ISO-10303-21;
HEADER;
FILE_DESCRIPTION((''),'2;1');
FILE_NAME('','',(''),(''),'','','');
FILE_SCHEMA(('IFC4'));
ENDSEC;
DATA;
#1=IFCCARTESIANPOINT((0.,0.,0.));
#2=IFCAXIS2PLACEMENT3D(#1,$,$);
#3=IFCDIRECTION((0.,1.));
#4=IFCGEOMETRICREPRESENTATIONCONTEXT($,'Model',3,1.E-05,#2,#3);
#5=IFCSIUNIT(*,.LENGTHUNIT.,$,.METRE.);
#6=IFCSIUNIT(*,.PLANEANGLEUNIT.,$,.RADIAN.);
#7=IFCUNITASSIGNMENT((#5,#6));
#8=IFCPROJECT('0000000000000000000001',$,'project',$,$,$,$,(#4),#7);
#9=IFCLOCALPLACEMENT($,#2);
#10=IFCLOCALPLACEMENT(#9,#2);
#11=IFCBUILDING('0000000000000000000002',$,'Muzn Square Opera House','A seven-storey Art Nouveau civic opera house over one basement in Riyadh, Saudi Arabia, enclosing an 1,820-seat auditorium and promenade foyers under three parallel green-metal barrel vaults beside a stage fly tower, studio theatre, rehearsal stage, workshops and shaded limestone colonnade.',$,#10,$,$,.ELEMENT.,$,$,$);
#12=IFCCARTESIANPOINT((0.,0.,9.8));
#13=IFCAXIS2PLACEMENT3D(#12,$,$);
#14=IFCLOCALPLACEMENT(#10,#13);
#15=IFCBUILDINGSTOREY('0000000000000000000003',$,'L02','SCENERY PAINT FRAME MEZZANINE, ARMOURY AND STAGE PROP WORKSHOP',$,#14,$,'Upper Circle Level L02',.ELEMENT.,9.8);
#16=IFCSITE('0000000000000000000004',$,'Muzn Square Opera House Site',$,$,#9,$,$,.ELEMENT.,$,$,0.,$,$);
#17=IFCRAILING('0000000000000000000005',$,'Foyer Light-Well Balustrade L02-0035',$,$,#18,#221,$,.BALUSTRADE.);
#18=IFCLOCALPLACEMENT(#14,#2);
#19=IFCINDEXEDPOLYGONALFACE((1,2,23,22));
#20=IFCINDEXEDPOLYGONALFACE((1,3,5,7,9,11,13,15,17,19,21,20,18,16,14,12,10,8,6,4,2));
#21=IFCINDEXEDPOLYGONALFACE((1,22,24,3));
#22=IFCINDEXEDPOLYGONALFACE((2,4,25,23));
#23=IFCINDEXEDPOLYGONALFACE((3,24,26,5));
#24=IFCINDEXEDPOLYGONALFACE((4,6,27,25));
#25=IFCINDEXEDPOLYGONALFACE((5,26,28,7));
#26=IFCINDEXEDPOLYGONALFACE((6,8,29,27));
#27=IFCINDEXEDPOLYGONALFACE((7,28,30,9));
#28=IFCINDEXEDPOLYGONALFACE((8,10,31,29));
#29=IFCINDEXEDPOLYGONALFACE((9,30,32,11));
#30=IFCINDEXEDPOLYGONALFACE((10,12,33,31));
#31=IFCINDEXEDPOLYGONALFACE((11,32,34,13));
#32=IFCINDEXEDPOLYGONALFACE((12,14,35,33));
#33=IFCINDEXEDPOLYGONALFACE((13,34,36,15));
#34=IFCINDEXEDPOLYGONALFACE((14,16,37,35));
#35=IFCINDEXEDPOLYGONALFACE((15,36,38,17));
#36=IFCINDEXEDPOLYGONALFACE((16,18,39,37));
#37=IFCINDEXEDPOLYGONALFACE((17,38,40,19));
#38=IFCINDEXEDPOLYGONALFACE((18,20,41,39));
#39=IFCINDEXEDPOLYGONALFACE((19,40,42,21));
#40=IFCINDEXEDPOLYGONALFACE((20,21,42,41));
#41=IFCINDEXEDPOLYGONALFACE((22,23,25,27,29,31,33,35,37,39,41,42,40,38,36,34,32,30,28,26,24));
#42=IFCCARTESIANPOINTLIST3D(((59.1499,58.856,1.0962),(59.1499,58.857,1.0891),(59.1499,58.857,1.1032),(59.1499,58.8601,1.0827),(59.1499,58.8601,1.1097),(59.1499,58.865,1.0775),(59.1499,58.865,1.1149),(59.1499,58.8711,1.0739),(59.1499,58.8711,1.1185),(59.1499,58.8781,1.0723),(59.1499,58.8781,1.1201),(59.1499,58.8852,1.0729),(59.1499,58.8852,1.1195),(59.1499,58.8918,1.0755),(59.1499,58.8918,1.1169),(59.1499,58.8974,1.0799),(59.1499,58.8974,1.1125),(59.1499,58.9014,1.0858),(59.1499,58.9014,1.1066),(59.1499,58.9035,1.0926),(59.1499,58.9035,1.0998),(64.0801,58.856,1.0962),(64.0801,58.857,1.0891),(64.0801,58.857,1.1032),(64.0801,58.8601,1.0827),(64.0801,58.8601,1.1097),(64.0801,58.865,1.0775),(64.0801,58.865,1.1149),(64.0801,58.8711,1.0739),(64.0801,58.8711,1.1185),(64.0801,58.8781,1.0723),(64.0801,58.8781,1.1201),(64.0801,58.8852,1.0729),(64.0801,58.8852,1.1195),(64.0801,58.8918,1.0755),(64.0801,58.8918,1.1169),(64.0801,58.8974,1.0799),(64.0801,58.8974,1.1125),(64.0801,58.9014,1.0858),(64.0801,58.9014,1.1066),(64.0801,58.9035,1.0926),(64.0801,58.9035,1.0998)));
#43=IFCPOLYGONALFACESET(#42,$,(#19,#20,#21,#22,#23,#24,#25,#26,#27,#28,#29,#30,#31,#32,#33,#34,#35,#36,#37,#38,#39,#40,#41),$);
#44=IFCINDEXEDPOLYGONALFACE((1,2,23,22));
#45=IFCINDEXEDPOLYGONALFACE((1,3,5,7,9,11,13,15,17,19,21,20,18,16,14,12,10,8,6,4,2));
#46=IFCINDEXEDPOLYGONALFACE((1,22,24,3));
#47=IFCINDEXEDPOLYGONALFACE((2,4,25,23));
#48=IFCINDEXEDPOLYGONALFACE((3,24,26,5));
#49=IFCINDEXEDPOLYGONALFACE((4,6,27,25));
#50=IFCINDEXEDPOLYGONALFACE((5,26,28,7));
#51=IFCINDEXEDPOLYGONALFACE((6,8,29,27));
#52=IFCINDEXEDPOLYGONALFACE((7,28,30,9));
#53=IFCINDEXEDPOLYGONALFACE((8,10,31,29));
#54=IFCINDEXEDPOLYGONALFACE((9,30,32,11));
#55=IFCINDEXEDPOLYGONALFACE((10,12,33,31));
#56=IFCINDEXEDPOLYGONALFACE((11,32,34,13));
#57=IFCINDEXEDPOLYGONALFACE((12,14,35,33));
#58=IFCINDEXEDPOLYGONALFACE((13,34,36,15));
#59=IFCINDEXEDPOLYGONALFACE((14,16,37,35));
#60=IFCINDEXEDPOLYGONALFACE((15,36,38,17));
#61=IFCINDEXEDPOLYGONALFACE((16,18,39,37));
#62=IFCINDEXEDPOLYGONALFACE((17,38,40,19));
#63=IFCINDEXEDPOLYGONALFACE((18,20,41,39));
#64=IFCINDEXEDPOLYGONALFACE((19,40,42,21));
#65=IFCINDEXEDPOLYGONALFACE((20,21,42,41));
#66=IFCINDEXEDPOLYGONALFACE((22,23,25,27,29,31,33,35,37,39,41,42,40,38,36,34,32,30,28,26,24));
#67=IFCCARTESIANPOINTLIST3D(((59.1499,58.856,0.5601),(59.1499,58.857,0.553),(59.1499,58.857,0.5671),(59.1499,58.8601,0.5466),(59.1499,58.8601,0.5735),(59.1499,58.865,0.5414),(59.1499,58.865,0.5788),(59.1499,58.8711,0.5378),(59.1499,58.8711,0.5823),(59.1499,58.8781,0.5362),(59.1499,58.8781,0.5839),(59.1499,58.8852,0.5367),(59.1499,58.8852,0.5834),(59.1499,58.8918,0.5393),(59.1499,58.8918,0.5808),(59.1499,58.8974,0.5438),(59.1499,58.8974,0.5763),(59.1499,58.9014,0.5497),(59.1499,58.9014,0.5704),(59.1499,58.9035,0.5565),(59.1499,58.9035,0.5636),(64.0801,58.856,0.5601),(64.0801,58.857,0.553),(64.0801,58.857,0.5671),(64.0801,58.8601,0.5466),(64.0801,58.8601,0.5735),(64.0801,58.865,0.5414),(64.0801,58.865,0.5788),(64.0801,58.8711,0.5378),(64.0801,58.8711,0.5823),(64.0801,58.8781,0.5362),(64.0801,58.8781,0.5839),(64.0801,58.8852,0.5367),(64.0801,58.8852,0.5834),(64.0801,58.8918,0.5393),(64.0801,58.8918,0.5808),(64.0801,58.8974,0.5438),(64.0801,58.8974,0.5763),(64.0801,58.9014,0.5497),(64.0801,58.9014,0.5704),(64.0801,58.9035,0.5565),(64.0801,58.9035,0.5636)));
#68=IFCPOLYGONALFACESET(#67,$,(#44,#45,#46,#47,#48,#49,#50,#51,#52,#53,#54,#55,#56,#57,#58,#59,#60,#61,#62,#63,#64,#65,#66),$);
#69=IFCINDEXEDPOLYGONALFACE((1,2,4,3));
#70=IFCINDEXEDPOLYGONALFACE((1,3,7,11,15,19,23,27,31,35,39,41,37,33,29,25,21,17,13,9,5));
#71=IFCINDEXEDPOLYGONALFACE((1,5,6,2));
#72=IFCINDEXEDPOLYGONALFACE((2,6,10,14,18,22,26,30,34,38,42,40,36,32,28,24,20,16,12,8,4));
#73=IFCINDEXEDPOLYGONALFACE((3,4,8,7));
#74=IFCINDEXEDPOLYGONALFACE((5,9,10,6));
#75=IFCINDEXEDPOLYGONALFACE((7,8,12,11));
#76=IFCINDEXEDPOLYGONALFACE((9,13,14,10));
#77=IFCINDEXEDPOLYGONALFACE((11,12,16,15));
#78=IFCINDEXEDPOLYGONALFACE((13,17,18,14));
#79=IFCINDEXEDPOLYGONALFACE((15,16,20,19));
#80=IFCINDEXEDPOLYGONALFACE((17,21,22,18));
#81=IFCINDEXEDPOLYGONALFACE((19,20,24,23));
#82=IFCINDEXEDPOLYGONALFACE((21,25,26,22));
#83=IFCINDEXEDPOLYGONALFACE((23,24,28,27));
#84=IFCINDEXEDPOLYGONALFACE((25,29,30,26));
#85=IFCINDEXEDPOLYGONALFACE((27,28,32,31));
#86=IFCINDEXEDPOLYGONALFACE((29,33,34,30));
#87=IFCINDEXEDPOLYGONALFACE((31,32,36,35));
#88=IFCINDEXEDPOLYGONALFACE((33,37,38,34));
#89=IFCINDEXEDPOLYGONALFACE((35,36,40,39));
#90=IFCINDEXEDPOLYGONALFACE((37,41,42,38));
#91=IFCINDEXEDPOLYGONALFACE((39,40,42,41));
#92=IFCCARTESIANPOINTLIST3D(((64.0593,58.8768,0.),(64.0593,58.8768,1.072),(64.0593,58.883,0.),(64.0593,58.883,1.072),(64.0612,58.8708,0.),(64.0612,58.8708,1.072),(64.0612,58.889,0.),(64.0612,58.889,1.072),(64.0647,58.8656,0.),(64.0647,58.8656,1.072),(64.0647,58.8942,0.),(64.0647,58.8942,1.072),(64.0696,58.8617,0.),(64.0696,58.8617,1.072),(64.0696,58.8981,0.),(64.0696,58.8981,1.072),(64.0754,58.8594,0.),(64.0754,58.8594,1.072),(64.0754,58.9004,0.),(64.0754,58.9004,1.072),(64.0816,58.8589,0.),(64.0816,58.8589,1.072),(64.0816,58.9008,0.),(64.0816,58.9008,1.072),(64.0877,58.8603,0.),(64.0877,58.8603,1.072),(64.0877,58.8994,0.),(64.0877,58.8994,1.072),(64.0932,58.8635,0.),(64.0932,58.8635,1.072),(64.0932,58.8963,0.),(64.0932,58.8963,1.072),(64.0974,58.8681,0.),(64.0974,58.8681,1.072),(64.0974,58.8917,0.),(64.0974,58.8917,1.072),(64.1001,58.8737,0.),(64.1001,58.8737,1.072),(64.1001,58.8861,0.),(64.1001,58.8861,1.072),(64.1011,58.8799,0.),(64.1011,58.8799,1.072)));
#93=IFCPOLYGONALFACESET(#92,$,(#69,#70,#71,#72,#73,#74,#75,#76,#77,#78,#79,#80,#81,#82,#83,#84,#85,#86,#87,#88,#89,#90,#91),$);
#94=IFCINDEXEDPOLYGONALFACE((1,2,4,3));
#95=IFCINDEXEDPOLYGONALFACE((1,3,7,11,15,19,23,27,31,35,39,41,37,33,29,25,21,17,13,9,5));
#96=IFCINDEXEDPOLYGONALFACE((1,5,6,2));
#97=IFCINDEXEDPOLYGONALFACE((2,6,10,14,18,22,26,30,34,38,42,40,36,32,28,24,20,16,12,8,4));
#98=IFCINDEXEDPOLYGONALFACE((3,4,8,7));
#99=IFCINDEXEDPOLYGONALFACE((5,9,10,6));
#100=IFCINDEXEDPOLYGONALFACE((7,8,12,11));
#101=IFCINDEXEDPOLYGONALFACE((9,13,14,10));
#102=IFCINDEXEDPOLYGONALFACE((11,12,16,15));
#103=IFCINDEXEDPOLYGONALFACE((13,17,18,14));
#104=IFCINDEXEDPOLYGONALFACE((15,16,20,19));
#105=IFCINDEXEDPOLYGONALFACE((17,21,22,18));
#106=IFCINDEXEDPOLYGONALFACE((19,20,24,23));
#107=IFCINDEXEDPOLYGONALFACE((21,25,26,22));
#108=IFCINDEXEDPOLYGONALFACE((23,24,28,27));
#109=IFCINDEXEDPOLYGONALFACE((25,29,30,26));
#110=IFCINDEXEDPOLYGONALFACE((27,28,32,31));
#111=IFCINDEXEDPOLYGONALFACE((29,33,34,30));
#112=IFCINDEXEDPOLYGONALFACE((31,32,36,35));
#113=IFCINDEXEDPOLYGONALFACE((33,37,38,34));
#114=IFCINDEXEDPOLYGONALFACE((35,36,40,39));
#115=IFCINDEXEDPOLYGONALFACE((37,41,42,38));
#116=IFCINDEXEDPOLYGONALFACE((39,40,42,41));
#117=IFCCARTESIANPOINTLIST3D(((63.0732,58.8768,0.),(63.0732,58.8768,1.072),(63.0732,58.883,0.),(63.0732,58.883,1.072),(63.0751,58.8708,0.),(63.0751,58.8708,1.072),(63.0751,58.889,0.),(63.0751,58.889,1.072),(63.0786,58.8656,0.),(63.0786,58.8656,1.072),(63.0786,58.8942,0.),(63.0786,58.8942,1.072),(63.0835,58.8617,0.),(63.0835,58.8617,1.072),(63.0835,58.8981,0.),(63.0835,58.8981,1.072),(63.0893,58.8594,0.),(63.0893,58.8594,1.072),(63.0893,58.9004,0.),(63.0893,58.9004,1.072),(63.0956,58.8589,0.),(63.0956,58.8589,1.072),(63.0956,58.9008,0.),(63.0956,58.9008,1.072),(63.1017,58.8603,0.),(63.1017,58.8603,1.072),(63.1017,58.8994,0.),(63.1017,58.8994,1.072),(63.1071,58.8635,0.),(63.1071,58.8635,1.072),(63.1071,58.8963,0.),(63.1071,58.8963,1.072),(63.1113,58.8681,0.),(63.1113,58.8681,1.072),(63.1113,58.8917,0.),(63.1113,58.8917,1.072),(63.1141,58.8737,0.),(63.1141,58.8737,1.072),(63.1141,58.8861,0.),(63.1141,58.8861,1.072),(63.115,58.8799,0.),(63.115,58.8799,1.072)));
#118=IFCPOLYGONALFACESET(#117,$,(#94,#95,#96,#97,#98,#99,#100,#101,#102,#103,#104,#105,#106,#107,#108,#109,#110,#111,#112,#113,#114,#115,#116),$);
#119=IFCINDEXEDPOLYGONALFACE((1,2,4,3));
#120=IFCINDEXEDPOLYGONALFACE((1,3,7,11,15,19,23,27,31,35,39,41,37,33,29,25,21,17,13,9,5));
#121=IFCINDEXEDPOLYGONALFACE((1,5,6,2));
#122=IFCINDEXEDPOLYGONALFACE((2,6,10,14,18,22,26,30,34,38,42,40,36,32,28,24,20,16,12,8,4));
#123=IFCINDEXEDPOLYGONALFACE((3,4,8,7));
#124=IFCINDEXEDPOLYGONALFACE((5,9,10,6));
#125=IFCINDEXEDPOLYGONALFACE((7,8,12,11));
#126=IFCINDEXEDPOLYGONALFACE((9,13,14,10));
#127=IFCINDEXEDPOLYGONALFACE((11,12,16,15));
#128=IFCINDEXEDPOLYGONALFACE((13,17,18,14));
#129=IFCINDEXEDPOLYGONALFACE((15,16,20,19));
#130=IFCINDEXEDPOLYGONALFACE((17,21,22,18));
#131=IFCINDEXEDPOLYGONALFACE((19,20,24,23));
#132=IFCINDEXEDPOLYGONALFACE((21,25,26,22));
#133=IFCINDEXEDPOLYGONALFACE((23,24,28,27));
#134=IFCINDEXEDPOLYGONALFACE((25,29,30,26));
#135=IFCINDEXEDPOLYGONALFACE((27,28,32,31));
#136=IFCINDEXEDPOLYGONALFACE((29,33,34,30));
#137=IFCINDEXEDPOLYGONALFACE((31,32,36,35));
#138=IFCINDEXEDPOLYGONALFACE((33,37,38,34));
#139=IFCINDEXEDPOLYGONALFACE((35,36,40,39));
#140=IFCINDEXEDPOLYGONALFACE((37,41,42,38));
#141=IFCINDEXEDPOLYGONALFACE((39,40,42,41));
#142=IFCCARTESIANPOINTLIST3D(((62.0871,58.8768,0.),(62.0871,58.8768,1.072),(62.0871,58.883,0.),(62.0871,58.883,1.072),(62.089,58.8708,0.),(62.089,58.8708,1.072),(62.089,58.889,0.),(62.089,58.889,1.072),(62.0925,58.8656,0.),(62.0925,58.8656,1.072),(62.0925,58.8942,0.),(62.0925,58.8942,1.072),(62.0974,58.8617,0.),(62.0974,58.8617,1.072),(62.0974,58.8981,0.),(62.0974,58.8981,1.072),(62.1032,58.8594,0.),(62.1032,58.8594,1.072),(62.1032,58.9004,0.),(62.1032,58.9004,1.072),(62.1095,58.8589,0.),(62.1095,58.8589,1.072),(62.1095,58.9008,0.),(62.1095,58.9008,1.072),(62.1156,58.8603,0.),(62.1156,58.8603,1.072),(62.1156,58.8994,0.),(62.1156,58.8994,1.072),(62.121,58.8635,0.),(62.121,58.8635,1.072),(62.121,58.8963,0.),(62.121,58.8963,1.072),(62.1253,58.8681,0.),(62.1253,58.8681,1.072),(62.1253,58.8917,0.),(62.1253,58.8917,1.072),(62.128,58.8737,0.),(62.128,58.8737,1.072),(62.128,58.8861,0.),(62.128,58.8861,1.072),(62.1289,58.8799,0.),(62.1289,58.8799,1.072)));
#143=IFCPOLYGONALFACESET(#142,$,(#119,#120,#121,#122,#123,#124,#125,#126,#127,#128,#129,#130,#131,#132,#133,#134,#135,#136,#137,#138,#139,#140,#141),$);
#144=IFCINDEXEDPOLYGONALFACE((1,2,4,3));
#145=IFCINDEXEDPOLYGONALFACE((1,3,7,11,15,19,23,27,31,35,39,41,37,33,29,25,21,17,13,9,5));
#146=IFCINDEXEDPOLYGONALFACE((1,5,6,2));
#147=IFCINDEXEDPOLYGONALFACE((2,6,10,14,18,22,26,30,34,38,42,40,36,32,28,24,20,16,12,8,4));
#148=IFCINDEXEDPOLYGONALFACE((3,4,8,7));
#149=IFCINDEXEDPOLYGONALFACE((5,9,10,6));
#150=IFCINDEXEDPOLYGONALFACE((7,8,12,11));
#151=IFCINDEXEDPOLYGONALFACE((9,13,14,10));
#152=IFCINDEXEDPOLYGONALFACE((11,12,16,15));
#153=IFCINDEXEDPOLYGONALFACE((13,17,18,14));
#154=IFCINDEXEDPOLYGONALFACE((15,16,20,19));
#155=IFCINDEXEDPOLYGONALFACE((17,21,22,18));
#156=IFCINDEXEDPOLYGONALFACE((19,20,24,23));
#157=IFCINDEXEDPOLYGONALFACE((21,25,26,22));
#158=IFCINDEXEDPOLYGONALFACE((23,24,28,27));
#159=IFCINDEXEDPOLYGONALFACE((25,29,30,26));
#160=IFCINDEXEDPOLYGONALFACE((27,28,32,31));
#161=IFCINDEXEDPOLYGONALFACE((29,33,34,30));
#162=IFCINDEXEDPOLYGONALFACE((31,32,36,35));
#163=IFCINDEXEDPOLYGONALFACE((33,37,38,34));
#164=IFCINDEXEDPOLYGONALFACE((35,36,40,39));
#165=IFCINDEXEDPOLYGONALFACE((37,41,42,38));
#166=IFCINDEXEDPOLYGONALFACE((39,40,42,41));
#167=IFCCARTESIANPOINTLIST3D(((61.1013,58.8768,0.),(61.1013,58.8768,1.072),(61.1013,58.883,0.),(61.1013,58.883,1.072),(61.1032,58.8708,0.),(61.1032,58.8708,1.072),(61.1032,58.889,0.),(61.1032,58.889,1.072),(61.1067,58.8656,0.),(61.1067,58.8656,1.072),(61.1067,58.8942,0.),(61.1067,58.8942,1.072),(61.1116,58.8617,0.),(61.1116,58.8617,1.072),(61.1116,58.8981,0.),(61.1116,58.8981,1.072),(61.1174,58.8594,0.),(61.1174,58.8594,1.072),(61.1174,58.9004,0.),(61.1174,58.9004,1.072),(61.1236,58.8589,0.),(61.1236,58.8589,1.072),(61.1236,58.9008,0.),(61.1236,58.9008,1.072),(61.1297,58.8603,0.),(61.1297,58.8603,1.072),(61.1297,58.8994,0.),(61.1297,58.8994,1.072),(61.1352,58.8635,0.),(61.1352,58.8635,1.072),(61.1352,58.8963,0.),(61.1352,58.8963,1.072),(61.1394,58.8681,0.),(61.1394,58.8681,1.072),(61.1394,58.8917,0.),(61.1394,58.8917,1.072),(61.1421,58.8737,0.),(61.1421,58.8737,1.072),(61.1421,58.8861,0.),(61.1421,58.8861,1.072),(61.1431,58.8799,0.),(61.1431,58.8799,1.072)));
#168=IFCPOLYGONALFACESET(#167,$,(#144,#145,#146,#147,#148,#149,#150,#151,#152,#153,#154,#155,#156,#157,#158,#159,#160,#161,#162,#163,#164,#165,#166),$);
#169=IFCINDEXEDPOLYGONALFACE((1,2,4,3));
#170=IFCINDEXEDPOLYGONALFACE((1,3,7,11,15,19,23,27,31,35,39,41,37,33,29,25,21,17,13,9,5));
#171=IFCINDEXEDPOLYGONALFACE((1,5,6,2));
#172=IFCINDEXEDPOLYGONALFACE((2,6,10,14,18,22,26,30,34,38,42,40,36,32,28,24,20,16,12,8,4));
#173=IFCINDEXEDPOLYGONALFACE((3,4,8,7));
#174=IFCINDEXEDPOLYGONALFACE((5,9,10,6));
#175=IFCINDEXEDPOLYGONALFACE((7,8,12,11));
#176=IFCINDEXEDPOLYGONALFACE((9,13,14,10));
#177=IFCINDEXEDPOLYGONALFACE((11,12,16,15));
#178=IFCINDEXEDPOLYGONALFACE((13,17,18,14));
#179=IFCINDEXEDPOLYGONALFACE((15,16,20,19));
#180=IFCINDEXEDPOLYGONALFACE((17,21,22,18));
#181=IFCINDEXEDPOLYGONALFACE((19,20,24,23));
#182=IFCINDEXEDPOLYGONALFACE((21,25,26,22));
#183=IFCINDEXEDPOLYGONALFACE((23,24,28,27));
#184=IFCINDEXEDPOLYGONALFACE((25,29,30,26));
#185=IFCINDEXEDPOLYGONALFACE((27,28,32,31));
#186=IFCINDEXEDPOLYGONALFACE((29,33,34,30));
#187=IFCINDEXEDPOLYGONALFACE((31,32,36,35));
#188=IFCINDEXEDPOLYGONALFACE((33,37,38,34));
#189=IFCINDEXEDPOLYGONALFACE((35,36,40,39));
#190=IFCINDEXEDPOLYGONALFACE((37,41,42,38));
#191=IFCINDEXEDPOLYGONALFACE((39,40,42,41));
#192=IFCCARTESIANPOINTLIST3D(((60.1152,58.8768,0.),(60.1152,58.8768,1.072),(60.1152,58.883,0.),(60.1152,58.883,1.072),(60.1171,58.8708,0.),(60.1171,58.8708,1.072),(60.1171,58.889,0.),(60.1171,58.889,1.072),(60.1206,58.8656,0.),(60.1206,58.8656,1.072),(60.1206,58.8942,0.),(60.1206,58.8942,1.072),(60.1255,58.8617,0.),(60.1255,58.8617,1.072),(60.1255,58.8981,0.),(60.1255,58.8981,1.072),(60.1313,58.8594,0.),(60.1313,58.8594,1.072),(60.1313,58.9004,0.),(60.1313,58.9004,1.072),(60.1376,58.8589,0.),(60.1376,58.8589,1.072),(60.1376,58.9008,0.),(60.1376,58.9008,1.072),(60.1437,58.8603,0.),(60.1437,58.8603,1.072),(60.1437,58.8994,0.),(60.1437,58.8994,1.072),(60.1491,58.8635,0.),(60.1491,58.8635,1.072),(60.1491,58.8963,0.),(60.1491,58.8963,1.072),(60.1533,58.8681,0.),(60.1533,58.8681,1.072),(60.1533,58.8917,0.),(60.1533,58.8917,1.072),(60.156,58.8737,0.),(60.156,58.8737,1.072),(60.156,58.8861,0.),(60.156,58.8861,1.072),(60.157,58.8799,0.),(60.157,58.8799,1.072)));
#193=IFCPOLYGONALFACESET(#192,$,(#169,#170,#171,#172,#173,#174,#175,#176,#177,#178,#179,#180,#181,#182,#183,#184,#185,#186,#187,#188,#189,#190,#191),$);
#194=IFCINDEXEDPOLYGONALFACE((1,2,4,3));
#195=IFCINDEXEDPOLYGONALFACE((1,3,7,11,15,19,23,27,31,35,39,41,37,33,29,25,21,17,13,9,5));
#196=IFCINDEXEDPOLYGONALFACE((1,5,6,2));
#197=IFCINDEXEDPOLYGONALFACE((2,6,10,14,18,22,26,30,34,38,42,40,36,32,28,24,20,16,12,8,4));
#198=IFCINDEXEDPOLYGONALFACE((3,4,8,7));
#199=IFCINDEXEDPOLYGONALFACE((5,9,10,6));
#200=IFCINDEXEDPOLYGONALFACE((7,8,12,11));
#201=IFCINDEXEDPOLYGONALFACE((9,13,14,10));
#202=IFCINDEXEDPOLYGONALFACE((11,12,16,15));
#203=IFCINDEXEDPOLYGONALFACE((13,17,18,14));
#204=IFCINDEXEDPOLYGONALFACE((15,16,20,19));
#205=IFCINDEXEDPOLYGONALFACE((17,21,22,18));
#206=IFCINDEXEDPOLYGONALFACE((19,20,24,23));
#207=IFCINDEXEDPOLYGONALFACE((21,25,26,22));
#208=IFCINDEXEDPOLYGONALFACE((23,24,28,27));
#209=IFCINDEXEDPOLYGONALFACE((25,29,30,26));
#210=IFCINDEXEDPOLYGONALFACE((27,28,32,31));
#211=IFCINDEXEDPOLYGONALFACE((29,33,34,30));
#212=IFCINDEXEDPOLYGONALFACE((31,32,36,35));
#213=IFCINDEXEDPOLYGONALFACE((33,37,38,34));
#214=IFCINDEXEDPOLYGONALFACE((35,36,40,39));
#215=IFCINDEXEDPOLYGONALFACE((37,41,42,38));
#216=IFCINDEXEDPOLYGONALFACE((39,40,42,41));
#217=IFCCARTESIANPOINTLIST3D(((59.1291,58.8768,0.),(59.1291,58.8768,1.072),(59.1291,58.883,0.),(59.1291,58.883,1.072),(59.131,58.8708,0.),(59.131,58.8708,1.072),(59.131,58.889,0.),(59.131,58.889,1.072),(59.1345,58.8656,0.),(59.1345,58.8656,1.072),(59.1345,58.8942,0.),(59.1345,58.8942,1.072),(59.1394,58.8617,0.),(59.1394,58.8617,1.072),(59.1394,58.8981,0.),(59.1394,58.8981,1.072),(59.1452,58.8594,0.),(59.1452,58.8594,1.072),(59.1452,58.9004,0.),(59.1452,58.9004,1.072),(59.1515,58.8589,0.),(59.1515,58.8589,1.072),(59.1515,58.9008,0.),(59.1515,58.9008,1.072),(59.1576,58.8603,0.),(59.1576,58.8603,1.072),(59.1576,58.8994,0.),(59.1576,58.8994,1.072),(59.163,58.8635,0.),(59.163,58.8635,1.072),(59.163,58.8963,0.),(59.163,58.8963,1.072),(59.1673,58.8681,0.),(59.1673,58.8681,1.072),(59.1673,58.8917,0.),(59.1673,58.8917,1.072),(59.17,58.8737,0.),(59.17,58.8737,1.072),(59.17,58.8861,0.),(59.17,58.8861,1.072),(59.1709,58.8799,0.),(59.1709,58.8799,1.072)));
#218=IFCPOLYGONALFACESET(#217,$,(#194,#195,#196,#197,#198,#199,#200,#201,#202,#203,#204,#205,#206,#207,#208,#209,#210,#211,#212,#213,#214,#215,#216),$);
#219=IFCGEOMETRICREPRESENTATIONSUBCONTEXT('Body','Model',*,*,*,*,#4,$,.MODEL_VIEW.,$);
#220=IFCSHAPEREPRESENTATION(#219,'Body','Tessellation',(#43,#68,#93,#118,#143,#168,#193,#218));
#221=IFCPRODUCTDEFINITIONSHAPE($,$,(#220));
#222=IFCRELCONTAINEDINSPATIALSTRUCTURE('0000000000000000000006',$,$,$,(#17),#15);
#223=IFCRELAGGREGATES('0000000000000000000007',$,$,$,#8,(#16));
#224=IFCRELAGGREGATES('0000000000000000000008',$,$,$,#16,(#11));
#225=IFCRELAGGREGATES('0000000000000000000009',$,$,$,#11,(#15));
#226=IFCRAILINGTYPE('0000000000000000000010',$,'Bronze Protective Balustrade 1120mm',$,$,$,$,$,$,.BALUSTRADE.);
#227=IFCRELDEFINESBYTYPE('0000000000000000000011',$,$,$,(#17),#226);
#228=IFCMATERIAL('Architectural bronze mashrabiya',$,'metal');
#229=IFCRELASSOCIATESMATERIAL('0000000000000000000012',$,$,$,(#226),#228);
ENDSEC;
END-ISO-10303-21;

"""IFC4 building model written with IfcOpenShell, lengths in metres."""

from ifc_helpers import new_model, si_unit, direction, frame, origin, origin_2d, place, context, subcontext, project, spatial, circle, extrude, material, type_object, element, save


model = new_model("IFC4")

# Units and contexts
model_context = context("Model", 3, precision=1e-05, world=origin(), true_north=direction((0.0, 1.0)))
body_context = subcontext(model_context, "Body", "Model", "MODEL_VIEW")
ifc_project = project(units=[si_unit("LENGTHUNIT", "METRE"), si_unit("PLANEANGLEUNIT", "RADIAN")], contexts=[model_context])

# Site, building, storey
site_placement = place(None, origin())
site = spatial("IfcSite", under=ifc_project, at=site_placement, Name="Muzn Square Opera House Site", CompositionType="ELEMENT", RefElevation=0.0)
building_placement = place(site_placement, origin())
building = spatial("IfcBuilding", under=site, at=building_placement, Name="Muzn Square Opera House", Description="A seven-storey Art Nouveau civic opera house over one basement in Riyadh, Saudi Arabia, enclosing an 1,820-seat auditorium and promenade foyers under three parallel green-metal barrel vaults beside a stage fly tower, studio theatre, rehearsal stage, workshops and shaded limestone colonnade.", CompositionType="ELEMENT")
storey_placement = place(building_placement, frame((0.0, 0.0, 9.8)))
storey = spatial("IfcBuildingStorey", under=building, at=storey_placement, Name="L02", Description="SCENERY PAINT FRAME MEZZANINE, ARMOURY AND STAGE PROP WORKSHOP", LongName="Upper Circle Level L02", CompositionType="ELEMENT", Elevation=9.8)

# Railing
ifc_material_1 = material(Name="Architectural bronze mashrabiya", Category="metal")
railing_type = type_object("IfcRailingType", Name="Bronze Protective Balustrade 1120mm", PredefinedType="BALUSTRADE", material=ifc_material_1)
railing_1_placement = place(storey_placement, frame((64.0801, 58.8799, 0.0)))
element("IfcRailing", 1, at=railing_1_placement, inside=storey, type_object=railing_type, Name="Foyer Light-Well Balustrade L02-0035", PredefinedType="BALUSTRADE", context=body_context, shape_type="SweptSolid", body=[
    extrude(circle(Radius=0.0239, at=origin_2d()), frame((0.0, 0.0, 1.0962), z_axis=(-1.0, 0.0, 0.0), x_axis=(0.0, -1.0, 0.0)), (0.0, 0.0, 1.0), 4.9302),
    extrude(circle(Radius=0.0239, at=origin_2d()), frame((0.0, 0.0, 0.5601), z_axis=(-1.0, 0.0, 0.0), x_axis=(0.0, -1.0, 0.0)), (0.0, 0.0, 1.0), 4.9302),
    extrude(circle(Radius=0.021, at=origin_2d()), origin(), (0.0, 0.0, 1.0), 1.072),
    extrude(circle(Radius=0.021, at=origin_2d()), frame((-0.9861, 0.0, 0.0)), (0.0, 0.0, 1.0), 1.072),
    extrude(circle(Radius=0.021, at=origin_2d()), frame((-1.9722, 0.0, 0.0)), (0.0, 0.0, 1.0), 1.072),
    extrude(circle(Radius=0.021, at=origin_2d()), frame((-2.958, 0.0, 0.0)), (0.0, 0.0, 1.0), 1.072),
    extrude(circle(Radius=0.021, at=origin_2d()), frame((-3.9441, 0.0, 0.0)), (0.0, 0.0, 1.0), 1.072),
    extrude(circle(Radius=0.021, at=origin_2d()), frame((-4.9302, 0.0, 0.0)), (0.0, 0.0, 1.0), 1.072),
])

save(model, "model.ifc")
